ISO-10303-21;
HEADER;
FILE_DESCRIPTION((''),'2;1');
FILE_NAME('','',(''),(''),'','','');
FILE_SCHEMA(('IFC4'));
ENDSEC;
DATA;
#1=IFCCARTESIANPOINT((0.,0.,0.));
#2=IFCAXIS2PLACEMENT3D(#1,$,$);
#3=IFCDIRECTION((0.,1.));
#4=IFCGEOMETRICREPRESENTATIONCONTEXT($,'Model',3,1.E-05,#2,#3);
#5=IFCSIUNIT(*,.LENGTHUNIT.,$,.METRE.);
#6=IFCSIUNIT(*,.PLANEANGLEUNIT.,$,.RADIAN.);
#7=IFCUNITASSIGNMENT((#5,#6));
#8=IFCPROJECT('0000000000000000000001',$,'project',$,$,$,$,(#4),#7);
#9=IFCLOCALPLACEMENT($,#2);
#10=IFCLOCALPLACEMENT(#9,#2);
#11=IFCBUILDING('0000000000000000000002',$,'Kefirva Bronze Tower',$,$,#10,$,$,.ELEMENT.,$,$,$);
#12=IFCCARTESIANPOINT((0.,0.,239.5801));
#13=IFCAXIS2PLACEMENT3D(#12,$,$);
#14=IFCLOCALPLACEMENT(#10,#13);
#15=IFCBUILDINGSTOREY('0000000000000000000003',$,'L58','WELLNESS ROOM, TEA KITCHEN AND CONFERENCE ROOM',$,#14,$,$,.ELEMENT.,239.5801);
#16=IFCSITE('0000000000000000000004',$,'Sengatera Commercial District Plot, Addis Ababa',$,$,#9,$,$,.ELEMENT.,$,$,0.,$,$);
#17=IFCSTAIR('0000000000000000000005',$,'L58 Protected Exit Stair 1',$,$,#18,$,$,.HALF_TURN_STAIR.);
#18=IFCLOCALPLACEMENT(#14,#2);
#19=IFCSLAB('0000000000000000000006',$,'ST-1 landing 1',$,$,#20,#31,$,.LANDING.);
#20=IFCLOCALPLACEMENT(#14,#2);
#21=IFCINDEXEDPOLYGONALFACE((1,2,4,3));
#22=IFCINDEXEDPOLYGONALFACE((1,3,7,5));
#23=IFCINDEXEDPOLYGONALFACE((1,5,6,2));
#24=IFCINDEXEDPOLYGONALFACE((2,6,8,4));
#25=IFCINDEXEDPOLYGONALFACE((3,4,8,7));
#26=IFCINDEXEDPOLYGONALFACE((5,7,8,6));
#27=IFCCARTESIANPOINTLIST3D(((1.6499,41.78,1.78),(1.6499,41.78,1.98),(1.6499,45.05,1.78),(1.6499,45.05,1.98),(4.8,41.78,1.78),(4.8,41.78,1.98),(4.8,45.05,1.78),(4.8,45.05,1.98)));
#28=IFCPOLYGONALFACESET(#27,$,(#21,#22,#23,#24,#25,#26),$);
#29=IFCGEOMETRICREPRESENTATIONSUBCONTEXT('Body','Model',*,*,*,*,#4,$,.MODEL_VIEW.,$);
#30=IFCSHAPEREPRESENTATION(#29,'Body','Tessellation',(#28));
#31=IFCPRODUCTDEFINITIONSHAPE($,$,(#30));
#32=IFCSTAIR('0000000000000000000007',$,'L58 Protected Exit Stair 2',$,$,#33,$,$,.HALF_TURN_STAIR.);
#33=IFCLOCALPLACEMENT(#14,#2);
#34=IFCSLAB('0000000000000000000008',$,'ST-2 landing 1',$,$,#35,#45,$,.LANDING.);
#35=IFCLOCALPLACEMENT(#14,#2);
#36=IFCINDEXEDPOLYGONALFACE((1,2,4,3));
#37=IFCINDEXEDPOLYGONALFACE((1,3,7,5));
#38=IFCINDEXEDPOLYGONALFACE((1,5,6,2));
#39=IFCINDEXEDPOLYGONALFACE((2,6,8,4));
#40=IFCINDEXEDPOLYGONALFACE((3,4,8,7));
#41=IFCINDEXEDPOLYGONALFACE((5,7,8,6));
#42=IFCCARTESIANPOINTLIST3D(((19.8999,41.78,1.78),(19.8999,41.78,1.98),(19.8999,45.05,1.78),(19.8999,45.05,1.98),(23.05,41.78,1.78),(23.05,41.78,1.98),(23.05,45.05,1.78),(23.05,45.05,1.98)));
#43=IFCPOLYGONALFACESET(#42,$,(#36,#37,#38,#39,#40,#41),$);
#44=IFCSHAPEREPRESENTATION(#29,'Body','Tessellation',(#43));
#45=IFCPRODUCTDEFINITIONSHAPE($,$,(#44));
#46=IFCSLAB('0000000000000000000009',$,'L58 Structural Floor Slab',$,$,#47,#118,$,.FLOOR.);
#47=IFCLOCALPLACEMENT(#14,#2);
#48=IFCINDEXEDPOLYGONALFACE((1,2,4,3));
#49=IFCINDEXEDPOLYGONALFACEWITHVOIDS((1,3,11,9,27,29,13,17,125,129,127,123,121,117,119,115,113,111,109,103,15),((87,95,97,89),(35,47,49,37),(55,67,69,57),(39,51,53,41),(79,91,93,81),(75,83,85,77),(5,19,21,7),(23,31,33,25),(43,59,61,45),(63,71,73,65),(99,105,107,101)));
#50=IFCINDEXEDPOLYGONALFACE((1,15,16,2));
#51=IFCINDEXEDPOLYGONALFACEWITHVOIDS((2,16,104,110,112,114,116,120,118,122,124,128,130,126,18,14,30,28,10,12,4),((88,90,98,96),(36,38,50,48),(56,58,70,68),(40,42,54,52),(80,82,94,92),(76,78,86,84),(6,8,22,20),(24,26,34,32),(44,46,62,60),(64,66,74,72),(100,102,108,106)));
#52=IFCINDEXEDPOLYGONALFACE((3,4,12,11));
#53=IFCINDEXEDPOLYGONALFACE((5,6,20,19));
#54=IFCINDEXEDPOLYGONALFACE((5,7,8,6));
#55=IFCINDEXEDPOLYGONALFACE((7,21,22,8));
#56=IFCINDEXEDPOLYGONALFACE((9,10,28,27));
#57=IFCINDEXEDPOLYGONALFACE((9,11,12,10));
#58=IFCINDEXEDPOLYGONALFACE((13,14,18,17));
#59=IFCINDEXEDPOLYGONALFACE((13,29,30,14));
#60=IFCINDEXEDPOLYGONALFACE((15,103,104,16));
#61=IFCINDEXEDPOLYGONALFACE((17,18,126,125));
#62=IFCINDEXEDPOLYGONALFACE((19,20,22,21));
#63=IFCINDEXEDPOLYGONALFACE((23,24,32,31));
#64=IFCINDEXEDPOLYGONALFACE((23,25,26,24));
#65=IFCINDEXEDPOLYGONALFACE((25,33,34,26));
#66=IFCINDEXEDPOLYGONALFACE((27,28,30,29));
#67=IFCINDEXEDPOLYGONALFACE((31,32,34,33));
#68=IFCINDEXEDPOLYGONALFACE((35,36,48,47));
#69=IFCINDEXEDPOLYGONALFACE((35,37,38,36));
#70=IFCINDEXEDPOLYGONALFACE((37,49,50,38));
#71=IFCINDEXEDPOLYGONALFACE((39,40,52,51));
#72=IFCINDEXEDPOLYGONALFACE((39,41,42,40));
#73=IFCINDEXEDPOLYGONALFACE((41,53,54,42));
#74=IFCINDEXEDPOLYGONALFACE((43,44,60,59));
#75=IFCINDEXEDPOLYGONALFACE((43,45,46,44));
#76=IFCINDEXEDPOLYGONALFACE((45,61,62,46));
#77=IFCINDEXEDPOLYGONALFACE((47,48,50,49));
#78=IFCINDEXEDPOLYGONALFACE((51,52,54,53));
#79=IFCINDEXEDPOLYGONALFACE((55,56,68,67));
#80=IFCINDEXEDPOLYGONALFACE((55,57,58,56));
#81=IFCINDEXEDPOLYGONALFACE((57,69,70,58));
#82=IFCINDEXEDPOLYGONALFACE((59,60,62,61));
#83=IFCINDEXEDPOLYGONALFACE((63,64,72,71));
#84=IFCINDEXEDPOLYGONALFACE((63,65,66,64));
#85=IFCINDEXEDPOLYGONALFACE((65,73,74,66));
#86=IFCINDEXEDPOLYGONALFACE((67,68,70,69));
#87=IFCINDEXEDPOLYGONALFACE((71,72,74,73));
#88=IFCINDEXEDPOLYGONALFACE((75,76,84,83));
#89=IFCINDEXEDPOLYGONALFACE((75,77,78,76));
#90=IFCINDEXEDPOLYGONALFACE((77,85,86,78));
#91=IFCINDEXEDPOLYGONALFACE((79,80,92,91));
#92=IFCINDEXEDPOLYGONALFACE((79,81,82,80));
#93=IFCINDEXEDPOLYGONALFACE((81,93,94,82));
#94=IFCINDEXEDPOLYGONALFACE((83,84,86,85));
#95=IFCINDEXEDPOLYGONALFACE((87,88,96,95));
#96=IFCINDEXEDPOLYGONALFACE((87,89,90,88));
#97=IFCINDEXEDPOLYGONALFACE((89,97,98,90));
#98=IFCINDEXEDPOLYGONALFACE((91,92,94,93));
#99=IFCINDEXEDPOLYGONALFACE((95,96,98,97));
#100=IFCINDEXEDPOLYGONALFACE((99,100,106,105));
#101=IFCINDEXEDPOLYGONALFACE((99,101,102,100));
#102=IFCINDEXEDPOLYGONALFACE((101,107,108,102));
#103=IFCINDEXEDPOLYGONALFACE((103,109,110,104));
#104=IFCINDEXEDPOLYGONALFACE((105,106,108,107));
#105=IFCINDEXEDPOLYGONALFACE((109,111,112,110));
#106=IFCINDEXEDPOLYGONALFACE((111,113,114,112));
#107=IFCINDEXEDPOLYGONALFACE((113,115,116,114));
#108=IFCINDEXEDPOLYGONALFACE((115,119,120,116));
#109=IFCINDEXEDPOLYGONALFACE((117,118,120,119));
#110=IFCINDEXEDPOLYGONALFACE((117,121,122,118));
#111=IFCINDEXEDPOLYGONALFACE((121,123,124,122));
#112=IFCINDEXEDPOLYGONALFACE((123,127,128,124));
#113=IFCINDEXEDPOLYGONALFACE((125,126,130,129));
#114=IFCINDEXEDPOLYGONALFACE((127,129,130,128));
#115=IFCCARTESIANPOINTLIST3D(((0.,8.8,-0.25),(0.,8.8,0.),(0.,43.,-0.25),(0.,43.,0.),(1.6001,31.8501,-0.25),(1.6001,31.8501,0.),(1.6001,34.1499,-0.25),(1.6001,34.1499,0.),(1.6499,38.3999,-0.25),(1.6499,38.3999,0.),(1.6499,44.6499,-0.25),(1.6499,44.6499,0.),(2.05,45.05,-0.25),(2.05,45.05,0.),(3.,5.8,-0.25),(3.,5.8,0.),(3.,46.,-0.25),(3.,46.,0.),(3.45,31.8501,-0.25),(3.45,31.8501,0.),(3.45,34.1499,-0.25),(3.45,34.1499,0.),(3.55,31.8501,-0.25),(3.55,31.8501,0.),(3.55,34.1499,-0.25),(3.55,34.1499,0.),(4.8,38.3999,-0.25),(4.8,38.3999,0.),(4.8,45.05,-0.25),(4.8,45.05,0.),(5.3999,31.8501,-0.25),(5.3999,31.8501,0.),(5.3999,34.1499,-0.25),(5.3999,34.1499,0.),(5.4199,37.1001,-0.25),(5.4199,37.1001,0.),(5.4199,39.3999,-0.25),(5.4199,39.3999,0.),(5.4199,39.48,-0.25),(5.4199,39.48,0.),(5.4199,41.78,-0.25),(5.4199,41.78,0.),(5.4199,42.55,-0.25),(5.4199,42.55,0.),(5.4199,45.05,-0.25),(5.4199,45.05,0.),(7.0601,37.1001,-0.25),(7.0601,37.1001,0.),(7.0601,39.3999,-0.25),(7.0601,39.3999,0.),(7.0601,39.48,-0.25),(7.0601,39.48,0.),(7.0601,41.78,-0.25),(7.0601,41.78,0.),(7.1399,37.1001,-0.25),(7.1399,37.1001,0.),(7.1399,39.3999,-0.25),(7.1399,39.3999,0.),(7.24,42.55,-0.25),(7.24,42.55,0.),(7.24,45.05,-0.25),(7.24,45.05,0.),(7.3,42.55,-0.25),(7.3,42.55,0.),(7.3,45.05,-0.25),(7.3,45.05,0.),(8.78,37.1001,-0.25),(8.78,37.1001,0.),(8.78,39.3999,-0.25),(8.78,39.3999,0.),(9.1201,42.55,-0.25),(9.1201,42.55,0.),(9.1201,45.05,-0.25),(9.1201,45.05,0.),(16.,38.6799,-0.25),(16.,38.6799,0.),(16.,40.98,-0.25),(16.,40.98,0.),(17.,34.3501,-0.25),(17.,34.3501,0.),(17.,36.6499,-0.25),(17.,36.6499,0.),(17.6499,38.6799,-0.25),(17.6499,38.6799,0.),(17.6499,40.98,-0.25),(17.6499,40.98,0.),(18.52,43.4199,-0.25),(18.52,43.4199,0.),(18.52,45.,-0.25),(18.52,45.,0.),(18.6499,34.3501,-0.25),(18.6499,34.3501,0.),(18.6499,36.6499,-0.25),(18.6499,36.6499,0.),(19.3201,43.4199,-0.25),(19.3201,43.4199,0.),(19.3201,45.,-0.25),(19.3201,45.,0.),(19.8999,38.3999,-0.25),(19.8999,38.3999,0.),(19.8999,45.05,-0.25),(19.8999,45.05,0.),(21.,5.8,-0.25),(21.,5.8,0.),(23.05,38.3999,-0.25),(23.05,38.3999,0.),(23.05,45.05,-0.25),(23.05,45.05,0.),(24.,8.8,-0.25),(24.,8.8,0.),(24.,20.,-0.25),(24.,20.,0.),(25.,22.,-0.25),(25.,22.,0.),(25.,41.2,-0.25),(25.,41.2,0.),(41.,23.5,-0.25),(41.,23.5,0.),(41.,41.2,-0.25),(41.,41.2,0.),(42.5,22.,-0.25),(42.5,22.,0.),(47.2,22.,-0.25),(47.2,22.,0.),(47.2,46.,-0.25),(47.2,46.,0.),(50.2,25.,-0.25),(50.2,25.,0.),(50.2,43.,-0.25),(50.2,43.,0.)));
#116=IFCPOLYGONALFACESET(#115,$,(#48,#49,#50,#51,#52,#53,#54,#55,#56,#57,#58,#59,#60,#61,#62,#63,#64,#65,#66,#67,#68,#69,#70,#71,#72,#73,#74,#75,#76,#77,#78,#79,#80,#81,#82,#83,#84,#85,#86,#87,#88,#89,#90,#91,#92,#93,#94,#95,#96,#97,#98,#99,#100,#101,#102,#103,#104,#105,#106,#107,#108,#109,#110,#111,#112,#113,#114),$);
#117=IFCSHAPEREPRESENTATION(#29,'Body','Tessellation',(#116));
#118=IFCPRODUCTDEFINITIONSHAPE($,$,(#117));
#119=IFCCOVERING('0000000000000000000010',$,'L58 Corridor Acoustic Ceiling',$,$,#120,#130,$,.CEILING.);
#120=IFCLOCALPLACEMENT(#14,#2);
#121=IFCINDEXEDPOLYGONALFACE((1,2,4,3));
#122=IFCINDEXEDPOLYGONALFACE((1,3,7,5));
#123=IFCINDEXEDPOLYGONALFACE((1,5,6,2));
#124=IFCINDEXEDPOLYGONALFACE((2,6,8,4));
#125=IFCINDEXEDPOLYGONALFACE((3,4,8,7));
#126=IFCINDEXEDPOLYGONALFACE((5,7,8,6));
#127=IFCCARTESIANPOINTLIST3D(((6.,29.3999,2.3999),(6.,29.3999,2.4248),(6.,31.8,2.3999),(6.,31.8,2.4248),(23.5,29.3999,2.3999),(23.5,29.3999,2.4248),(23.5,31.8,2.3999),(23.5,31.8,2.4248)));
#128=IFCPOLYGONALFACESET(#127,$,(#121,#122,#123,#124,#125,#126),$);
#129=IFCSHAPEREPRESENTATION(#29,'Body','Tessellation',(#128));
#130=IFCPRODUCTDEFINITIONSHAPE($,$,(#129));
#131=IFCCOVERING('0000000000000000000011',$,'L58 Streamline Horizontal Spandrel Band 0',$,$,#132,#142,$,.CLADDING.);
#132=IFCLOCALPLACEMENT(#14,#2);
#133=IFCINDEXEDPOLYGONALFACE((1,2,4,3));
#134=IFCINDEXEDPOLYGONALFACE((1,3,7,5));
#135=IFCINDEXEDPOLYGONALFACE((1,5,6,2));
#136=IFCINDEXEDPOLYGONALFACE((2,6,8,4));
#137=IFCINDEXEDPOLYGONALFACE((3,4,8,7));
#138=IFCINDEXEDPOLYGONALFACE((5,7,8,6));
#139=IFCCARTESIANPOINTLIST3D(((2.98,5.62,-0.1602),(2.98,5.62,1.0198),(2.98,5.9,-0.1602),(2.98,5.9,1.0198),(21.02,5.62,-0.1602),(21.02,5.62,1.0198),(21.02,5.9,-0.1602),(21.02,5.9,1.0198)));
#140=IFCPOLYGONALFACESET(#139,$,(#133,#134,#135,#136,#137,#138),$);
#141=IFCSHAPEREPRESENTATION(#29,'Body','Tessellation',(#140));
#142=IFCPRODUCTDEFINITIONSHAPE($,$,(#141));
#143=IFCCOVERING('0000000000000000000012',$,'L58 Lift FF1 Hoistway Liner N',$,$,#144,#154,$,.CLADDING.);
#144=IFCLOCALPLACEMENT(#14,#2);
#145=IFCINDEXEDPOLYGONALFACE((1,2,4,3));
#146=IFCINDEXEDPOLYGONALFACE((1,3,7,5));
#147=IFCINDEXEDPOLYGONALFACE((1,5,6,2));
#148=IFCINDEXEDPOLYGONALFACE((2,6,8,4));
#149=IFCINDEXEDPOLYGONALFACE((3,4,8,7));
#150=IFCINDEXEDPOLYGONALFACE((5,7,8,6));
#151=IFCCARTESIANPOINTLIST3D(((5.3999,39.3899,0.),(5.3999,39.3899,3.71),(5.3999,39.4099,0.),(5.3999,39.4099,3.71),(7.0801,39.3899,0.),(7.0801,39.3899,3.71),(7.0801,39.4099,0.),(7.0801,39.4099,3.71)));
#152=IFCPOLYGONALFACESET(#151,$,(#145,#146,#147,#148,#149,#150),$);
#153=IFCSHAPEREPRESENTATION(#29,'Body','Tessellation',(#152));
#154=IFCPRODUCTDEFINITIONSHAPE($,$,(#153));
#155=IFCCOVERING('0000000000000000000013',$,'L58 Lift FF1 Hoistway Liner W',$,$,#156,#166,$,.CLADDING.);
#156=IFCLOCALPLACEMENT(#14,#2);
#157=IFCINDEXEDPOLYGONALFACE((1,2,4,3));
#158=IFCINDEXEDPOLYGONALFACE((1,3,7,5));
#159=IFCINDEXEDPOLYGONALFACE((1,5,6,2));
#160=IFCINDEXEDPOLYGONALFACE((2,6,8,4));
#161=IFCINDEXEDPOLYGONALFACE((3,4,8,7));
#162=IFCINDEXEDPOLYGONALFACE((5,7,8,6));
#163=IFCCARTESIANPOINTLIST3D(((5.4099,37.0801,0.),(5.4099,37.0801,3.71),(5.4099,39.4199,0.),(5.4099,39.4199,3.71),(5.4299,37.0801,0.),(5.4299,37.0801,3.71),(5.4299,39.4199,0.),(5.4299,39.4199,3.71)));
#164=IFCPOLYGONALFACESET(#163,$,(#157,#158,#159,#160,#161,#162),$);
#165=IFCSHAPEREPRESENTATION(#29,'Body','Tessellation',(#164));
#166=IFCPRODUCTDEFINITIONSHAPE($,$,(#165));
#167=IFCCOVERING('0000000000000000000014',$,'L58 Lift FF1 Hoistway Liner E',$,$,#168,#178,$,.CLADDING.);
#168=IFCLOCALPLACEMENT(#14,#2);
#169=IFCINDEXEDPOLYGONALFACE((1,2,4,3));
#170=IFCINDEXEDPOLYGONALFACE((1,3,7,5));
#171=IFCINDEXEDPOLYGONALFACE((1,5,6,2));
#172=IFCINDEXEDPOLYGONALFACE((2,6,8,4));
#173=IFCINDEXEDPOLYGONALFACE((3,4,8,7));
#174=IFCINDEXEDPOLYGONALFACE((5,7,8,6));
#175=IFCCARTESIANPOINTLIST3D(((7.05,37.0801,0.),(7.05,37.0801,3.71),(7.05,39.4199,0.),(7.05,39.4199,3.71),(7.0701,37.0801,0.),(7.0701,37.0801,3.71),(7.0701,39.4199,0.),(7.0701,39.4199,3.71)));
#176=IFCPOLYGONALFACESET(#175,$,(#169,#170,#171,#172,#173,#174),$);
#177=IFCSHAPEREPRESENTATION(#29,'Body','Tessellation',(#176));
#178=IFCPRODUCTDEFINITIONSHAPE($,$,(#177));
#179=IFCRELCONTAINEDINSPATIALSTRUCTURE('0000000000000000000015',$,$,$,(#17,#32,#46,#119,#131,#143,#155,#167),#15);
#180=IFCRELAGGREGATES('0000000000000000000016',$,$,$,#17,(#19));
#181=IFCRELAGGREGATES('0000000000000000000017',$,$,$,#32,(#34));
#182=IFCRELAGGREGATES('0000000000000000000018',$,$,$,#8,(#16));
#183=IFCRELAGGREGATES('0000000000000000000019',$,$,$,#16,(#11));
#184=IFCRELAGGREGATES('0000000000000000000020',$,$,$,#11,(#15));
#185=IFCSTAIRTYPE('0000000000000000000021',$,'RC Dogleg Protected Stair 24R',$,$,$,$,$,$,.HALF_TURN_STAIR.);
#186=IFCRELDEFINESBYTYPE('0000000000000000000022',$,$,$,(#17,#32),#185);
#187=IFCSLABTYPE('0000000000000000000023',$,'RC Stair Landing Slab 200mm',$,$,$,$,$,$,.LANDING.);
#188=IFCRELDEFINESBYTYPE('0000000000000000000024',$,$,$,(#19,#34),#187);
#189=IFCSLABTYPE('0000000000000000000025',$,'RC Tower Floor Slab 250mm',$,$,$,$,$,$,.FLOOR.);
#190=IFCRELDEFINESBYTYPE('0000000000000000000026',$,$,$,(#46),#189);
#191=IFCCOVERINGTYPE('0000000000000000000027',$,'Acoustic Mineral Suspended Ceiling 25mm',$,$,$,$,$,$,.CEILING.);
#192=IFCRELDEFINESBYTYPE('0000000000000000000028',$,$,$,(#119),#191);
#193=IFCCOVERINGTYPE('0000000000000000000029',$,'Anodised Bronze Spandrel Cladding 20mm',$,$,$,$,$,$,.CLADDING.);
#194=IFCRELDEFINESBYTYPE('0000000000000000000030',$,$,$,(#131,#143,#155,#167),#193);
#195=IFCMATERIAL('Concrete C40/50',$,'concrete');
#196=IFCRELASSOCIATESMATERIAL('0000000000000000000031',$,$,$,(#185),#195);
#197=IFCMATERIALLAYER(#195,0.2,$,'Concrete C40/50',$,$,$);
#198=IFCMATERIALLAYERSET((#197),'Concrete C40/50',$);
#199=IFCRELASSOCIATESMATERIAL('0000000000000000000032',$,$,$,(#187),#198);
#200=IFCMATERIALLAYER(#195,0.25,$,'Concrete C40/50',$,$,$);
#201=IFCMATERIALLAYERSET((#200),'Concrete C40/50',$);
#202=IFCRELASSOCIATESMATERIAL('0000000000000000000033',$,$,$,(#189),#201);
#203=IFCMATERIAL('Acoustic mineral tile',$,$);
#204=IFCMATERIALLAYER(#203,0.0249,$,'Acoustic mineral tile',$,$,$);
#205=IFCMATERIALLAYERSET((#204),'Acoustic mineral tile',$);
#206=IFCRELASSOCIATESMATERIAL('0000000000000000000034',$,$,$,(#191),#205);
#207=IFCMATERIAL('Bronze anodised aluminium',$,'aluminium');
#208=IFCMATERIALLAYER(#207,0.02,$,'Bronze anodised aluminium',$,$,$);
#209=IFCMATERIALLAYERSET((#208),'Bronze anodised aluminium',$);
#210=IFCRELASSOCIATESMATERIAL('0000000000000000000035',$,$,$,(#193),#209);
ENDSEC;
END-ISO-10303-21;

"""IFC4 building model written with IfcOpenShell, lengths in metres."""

from ifc_helpers import new_model, si_unit, direction, frame, origin, origin_2d, place, context, subcontext, project, spatial, polyline, rectangle, outline, extrude, material, layer, layer_set, type_object, element, aggregate, save


model = new_model("IFC4")

# Units and contexts
model_context = context("Model", 3, precision=1e-05, world=origin(), true_north=direction((0.0, 1.0)))
body_context = subcontext(model_context, "Body", "Model", "MODEL_VIEW")
ifc_project = project(units=[si_unit("LENGTHUNIT", "METRE"), si_unit("PLANEANGLEUNIT", "RADIAN")], contexts=[model_context])

# Site, building, storey
site_placement = place(None, origin())
site = spatial("IfcSite", under=ifc_project, at=site_placement, Name="Sengatera Commercial District Plot, Addis Ababa", CompositionType="ELEMENT", RefElevation=0.0)
building_placement = place(site_placement, origin())
building = spatial("IfcBuilding", under=site, at=building_placement, Name="Kefirva Bronze Tower", CompositionType="ELEMENT")
storey_placement = place(building_placement, frame((0.0, 0.0, 239.5801)))
storey = spatial("IfcBuildingStorey", under=building, at=storey_placement, Name="L58", Description="WELLNESS ROOM, TEA KITCHEN AND CONFERENCE ROOM", CompositionType="ELEMENT", Elevation=239.5801)

# Stairs, slabs
ifc_material_1 = material(Name="Concrete C40/50", Category="concrete")
stair_type = type_object("IfcStairType", Name="RC Dogleg Protected Stair 24R", PredefinedType="HALF_TURN_STAIR", material=ifc_material_1)
stair_1_placement = place(storey_placement, origin())
stair_1 = element("IfcStair", 1, at=stair_1_placement, inside=storey, type_object=stair_type, Name="L58 Protected Exit Stair 1", PredefinedType="HALF_TURN_STAIR")
ifc_layer_1 = layer(ifc_material_1, 0.2, Name="Concrete C40/50")
ifc_layer_set_1 = layer_set([ifc_layer_1], Name="Concrete C40/50")
slab_type_1 = type_object("IfcSlabType", Name="RC Stair Landing Slab 200mm", PredefinedType="LANDING", material=ifc_layer_set_1)
slab_1_placement = place(storey_placement, frame((0.0, 0.0, 1.78)))
slab_1 = element("IfcSlab", 2, at=slab_1_placement, type_object=slab_type_1, Name="ST-1 landing 1", PredefinedType="LANDING", context=body_context, shape_type="SweptSolid", body=[
    extrude(outline(polyline([(4.8, 41.78), (4.8, 45.05), (1.6499, 45.05), (1.6499, 41.78), (4.8, 41.78)])), origin(), (0.0, 0.0, 1.0), 0.2),
])
aggregate(stair_1, [slab_1])
stair_2_placement = place(storey_placement, origin())
stair_2 = element("IfcStair", 3, at=stair_2_placement, inside=storey, type_object=stair_type, Name="L58 Protected Exit Stair 2", PredefinedType="HALF_TURN_STAIR")
slab_2_placement = place(storey_placement, frame((0.0, 0.0, 1.78)))
slab_2 = element("IfcSlab", 4, at=slab_2_placement, type_object=slab_type_1, Name="ST-2 landing 1", PredefinedType="LANDING", context=body_context, shape_type="SweptSolid", body=[
    extrude(outline(polyline([(23.05, 41.78), (23.05, 45.05), (19.8999, 45.05), (19.8999, 41.78), (23.05, 41.78)])), origin(), (0.0, 0.0, 1.0), 0.2),
])
aggregate(stair_2, [slab_2])

# Slab
ifc_layer_2 = layer(ifc_material_1, 0.25, Name="Concrete C40/50")
ifc_layer_set_2 = layer_set([ifc_layer_2], Name="Concrete C40/50")
slab_type_2 = type_object("IfcSlabType", Name="RC Tower Floor Slab 250mm", PredefinedType="FLOOR", material=ifc_layer_set_2)
slab_3_placement = place(storey_placement, frame((0.0, 0.0, -0.25)))
element("IfcSlab", 5, at=slab_3_placement, inside=storey, type_object=slab_type_2, Name="L58 Structural Floor Slab", PredefinedType="FLOOR", context=body_context, shape_type="SweptSolid", body=[
    extrude(outline(polyline([(0.0, 8.8), (0.0, 43.0), (1.6499, 44.6499), (1.6499, 38.3999), (4.8, 38.3999), (4.8, 45.05), (2.05, 45.05), (3.0, 46.0), (47.2, 46.0), (50.2, 43.0), (50.2, 25.0), (47.2, 22.0), (42.5, 22.0), (41.0, 23.5), (41.0, 41.2), (25.0, 41.2), (25.0, 22.0), (24.0, 20.0), (24.0, 8.8), (21.0, 5.8), (3.0, 5.8), (0.0, 8.8)]), holes=[polyline([(23.05, 45.05), (19.8999, 45.05), (19.8999, 38.3999), (23.05, 38.3999), (23.05, 45.05)]), polyline([(19.3201, 43.4199), (19.3201, 45.0), (18.52, 45.0), (18.52, 43.4199), (19.3201, 43.4199)]), polyline([(18.6499, 36.6499), (17.0, 36.6499), (17.0, 34.3501), (18.6499, 34.3501), (18.6499, 36.6499)]), polyline([(17.6499, 38.6799), (17.6499, 40.98), (16.0, 40.98), (16.0, 38.6799), (17.6499, 38.6799)]), polyline([(9.1201, 42.55), (9.1201, 45.05), (7.3, 45.05), (7.3, 42.55), (9.1201, 42.55)]), polyline([(8.78, 37.1001), (8.78, 39.3999), (7.1399, 39.3999), (7.1399, 37.1001), (8.78, 37.1001)]), polyline([(7.24, 42.55), (7.24, 45.05), (5.4199, 45.05), (5.4199, 42.55), (7.24, 42.55)]), polyline([(7.0601, 37.1001), (7.0601, 39.3999), (5.4199, 39.3999), (5.4199, 37.1001), (7.0601, 37.1001)]), polyline([(7.0601, 41.78), (5.4199, 41.78), (5.4199, 39.48), (7.0601, 39.48), (7.0601, 41.78)]), polyline([(5.3999, 31.8501), (5.3999, 34.1499), (3.55, 34.1499), (3.55, 31.8501), (5.3999, 31.8501)]), polyline([(3.45, 34.1499), (1.6001, 34.1499), (1.6001, 31.8501), (3.45, 31.8501), (3.45, 34.1499)])]), origin(), (0.0, 0.0, 1.0), 0.25),
])

# Coverings
ifc_material_2 = material(Name="Acoustic mineral tile")
ifc_layer_3 = layer(ifc_material_2, 0.0249, Name="Acoustic mineral tile")
ifc_layer_set_3 = layer_set([ifc_layer_3], Name="Acoustic mineral tile")
covering_type_1 = type_object("IfcCoveringType", Name="Acoustic Mineral Suspended Ceiling 25mm", PredefinedType="CEILING", material=ifc_layer_set_3)
covering_1_placement = place(storey_placement, frame((0.0, 0.0, 2.3999)))
element("IfcCovering", 6, at=covering_1_placement, inside=storey, type_object=covering_type_1, Name="L58 Corridor Acoustic Ceiling", PredefinedType="CEILING", context=body_context, shape_type="SweptSolid", body=[
    extrude(outline(polyline([(6.0, 29.3999), (23.5, 29.3999), (23.5, 31.8), (6.0, 31.8), (6.0, 29.3999)])), origin(), (0.0, 0.0, 1.0), 0.0249),
])
ifc_material_3 = material(Name="Bronze anodised aluminium", Category="aluminium")
ifc_layer_4 = layer(ifc_material_3, 0.02, Name="Bronze anodised aluminium")
ifc_layer_set_4 = layer_set([ifc_layer_4], Name="Bronze anodised aluminium")
covering_type_2 = type_object("IfcCoveringType", Name="Anodised Bronze Spandrel Cladding 20mm", PredefinedType="CLADDING", material=ifc_layer_set_4)
covering_2_placement = place(storey_placement, frame((12.0, 5.76, -0.1602), z_axis=(0.0, 0.0, 1.0), x_axis=(1.0, 0.0, 0.0)))
element("IfcCovering", 7, at=covering_2_placement, inside=storey, type_object=covering_type_2, Name="L58 Streamline Horizontal Spandrel Band 0", PredefinedType="CLADDING", context=body_context, shape_type="SweptSolid", body=[
    extrude(rectangle(XDim=18.04, YDim=0.28, at=origin_2d()), origin(), (0.0, 0.0, 1.0), 1.1799),
])
covering_3_placement = place(storey_placement, origin())
element("IfcCovering", 8, at=covering_3_placement, inside=storey, type_object=covering_type_2, Name="L58 Lift FF1 Hoistway Liner N", PredefinedType="CLADDING", context=body_context, shape_type="SweptSolid", body=[
    extrude(outline(polyline([(5.3999, 39.3899), (7.0801, 39.3899), (7.0801, 39.4099), (5.3999, 39.4099), (5.3999, 39.3899)])), origin(), (0.0, 0.0, 1.0), 3.71),
])
covering_4_placement = place(storey_placement, origin())
element("IfcCovering", 9, at=covering_4_placement, inside=storey, type_object=covering_type_2, Name="L58 Lift FF1 Hoistway Liner W", PredefinedType="CLADDING", context=body_context, shape_type="SweptSolid", body=[
    extrude(outline(polyline([(5.4099, 37.0801), (5.4299, 37.0801), (5.4299, 39.4199), (5.4099, 39.4199), (5.4099, 37.0801)])), origin(), (0.0, 0.0, 1.0), 3.71),
])
covering_5_placement = place(storey_placement, origin())
element("IfcCovering", 10, at=covering_5_placement, inside=storey, type_object=covering_type_2, Name="L58 Lift FF1 Hoistway Liner E", PredefinedType="CLADDING", context=body_context, shape_type="SweptSolid", body=[
    extrude(outline(polyline([(7.05, 37.0801), (7.0701, 37.0801), (7.0701, 39.4199), (7.05, 39.4199), (7.05, 37.0801)])), origin(), (0.0, 0.0, 1.0), 3.71),
])

save(model, "model.ifc")
